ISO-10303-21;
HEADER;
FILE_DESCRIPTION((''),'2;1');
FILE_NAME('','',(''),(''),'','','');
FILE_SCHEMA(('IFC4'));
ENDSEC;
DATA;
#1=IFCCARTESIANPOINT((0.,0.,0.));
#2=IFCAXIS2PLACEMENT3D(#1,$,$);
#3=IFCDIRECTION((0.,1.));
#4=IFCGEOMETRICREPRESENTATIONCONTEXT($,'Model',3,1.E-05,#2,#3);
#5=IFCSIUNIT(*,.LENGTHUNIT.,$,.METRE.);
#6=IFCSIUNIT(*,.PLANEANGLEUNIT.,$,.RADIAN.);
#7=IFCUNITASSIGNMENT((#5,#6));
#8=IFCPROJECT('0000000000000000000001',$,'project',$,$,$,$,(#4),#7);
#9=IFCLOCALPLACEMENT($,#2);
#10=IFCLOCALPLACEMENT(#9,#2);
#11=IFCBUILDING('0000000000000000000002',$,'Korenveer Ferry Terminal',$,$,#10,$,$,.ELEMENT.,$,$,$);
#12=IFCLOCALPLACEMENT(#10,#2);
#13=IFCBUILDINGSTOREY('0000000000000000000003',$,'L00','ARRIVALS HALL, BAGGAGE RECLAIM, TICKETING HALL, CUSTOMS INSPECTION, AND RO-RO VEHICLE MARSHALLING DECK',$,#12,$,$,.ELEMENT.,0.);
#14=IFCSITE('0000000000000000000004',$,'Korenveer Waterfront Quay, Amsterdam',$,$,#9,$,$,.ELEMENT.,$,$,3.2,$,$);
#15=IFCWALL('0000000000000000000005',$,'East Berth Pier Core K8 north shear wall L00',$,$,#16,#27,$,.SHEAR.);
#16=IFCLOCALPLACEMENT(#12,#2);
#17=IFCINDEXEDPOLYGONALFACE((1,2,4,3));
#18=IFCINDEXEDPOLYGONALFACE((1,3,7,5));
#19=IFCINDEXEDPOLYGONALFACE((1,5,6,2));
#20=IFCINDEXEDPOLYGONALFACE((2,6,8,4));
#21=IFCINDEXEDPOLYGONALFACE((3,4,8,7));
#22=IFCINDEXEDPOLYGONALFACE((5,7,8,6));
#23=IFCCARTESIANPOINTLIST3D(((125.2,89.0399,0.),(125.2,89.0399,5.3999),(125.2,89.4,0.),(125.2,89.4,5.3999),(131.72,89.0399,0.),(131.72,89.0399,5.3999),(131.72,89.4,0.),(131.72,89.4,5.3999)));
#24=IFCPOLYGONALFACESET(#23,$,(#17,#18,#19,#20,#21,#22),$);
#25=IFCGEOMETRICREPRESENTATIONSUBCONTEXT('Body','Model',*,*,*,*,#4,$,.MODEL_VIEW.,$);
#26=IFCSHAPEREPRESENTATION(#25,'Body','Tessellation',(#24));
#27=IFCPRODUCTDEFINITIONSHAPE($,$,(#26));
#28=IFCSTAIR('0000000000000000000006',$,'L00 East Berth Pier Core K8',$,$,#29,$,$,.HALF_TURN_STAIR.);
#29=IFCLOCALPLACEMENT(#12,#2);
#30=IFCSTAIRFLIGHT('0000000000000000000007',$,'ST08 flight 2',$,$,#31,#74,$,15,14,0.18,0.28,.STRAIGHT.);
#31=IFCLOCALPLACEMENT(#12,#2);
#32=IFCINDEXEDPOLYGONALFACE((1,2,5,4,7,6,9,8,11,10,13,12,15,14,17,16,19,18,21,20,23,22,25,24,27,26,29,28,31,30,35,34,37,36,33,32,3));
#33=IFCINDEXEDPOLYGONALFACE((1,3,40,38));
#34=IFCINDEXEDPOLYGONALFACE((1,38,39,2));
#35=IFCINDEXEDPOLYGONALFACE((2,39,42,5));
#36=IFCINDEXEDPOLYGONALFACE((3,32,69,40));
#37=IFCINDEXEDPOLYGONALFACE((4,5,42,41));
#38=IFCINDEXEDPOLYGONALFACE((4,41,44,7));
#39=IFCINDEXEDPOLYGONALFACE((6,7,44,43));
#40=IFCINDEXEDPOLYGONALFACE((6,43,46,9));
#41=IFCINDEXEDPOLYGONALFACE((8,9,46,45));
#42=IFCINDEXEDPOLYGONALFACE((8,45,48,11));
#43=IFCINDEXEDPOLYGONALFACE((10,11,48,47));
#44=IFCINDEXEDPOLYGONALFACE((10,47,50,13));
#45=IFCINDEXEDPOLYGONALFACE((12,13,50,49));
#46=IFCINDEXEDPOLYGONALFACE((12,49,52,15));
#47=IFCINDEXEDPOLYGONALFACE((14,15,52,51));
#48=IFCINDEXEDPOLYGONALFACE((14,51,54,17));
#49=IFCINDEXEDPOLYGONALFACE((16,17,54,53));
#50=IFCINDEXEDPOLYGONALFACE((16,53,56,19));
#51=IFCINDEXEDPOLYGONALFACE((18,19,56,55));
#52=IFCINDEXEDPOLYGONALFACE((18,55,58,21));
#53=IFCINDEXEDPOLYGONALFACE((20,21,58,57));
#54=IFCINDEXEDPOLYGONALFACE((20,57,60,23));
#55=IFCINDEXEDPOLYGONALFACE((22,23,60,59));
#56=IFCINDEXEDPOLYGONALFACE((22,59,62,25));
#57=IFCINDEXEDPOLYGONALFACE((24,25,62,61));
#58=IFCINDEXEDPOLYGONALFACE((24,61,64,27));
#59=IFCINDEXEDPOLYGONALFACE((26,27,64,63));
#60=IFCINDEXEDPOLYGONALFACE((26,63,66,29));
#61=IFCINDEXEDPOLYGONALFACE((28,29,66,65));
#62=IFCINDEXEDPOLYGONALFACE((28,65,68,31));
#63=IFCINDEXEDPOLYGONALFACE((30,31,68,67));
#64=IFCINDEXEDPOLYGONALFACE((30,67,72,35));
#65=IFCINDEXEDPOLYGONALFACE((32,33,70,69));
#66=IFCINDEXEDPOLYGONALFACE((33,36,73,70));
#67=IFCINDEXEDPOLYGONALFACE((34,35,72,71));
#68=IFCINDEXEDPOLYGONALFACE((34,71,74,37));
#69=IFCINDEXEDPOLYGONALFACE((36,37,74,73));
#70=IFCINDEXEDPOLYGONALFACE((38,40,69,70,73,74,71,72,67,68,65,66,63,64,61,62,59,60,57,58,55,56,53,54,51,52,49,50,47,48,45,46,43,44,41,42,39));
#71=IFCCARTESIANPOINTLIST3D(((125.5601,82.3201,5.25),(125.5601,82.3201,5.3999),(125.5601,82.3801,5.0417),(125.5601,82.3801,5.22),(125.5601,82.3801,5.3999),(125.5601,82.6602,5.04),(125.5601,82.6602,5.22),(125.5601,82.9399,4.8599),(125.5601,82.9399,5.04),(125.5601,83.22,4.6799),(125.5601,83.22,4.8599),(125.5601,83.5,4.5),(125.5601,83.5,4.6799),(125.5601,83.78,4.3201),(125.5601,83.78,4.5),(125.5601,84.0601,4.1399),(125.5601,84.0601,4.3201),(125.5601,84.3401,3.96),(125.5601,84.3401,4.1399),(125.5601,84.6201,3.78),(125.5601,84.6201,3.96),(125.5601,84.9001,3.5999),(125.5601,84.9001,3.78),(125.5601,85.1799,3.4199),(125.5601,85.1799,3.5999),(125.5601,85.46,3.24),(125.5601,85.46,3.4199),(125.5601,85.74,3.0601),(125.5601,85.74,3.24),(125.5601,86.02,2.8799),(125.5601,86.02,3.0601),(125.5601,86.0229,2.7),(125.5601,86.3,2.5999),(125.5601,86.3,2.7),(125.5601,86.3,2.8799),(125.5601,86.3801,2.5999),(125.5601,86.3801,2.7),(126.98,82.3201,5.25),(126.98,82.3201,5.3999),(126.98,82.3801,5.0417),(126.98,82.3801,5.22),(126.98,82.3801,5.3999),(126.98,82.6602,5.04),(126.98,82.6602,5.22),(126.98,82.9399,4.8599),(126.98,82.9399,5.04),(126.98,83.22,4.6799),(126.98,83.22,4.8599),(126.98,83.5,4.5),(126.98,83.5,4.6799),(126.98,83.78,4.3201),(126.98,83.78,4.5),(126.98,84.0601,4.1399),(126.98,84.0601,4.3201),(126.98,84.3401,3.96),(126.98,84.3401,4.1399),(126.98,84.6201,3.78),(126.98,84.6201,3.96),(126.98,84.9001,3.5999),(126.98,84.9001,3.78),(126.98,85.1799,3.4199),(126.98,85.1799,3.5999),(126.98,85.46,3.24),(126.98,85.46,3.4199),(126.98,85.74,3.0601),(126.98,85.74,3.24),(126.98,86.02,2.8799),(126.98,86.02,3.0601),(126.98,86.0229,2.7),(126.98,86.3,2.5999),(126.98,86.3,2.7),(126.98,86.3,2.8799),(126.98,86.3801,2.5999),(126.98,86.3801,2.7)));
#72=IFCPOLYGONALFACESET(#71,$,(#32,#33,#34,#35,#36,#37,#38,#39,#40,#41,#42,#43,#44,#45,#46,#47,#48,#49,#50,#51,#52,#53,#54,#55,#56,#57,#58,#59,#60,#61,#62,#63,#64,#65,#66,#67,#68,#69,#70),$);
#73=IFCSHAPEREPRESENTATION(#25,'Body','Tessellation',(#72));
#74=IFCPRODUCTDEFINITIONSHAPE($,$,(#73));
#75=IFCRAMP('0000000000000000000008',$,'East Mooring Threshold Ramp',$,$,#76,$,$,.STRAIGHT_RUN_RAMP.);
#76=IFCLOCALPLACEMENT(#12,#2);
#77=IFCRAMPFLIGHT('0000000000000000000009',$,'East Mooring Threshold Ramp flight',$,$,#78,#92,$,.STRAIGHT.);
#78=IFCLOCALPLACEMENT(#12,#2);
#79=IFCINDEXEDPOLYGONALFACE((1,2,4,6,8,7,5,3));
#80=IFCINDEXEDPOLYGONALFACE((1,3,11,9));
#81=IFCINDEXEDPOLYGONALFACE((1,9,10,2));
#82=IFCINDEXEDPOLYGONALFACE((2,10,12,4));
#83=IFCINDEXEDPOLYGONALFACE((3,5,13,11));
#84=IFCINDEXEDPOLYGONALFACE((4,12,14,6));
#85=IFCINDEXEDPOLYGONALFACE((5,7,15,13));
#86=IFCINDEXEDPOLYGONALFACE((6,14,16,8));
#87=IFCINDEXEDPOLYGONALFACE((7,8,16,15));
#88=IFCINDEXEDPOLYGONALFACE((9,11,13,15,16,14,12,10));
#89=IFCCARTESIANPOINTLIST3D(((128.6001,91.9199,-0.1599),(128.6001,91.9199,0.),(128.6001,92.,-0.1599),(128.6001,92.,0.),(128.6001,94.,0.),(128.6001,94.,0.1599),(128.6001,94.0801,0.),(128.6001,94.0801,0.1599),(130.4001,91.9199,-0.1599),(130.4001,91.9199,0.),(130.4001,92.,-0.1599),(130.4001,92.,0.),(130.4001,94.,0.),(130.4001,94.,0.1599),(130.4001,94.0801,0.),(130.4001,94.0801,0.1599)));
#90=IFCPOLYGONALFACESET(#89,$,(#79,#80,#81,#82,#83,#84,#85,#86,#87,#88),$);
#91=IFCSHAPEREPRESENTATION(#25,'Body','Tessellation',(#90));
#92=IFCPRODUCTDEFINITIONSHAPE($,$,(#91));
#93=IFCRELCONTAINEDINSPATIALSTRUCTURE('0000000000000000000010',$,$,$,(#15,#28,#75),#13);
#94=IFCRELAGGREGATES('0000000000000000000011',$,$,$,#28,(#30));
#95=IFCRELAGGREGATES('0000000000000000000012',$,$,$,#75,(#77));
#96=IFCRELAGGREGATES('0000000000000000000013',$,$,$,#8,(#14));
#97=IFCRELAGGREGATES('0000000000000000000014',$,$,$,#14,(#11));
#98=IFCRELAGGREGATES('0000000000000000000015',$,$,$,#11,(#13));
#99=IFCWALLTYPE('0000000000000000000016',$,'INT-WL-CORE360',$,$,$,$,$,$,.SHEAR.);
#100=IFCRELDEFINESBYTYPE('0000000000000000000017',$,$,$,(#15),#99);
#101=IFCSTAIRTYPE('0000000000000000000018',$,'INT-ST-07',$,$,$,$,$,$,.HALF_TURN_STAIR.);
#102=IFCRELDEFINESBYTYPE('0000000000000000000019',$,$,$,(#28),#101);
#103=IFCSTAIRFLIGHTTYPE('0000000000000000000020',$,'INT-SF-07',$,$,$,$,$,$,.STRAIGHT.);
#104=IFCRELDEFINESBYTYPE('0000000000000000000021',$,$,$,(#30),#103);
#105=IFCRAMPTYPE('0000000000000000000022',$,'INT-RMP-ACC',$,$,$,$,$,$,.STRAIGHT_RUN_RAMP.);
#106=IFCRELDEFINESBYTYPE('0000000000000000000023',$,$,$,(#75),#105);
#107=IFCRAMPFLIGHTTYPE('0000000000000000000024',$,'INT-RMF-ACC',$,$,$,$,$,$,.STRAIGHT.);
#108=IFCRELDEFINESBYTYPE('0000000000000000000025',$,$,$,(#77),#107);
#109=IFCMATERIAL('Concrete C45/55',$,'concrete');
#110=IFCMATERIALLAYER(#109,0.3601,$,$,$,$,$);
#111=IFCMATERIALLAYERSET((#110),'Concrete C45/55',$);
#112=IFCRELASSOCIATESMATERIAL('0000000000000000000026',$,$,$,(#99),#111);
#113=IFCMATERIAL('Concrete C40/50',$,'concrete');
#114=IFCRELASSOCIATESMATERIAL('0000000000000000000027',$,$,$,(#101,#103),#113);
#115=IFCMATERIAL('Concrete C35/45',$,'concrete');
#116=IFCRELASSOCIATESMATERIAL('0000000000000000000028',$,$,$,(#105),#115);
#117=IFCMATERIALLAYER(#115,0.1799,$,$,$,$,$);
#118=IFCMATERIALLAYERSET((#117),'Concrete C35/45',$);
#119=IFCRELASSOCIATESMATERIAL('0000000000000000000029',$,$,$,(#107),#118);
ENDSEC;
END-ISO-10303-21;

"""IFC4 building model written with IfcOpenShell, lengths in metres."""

from ifc_helpers import new_model, si_unit, direction, frame, frame_2d, origin, place, context, subcontext, project, spatial, polyline, rectangle, outline, extrude, material, layer, layer_set, type_object, element, aggregate, save


model = new_model("IFC4")

# Units and contexts
model_context = context("Model", 3, precision=1e-05, world=origin(), true_north=direction((0.0, 1.0)))
body_context = subcontext(model_context, "Body", "Model", "MODEL_VIEW")
ifc_project = project(units=[si_unit("LENGTHUNIT", "METRE"), si_unit("PLANEANGLEUNIT", "RADIAN")], contexts=[model_context])

# Site, building, storey
site_placement = place(None, origin())
site = spatial("IfcSite", under=ifc_project, at=site_placement, Name="Korenveer Waterfront Quay, Amsterdam", CompositionType="ELEMENT", RefElevation=3.2)
building_placement = place(site_placement, origin())
building = spatial("IfcBuilding", under=site, at=building_placement, Name="Korenveer Ferry Terminal", CompositionType="ELEMENT")
storey_placement = place(building_placement, origin())
storey = spatial("IfcBuildingStorey", under=building, at=storey_placement, Name="L00", Description="ARRIVALS HALL, BAGGAGE RECLAIM, TICKETING HALL, CUSTOMS INSPECTION, AND RO-RO VEHICLE MARSHALLING DECK", CompositionType="ELEMENT", Elevation=0.0)

# Shared definitions
ifc_material_1 = material(Name="Concrete C40/50", Category="concrete")

# Wall
ifc_material_2 = material(Name="Concrete C45/55", Category="concrete")
ifc_layer_1 = layer(ifc_material_2, 0.3601)
ifc_layer_set_1 = layer_set([ifc_layer_1], Name="Concrete C45/55")
wall_type = type_object("IfcWallType", Name="INT-WL-CORE360", PredefinedType="SHEAR", material=ifc_layer_set_1)
wall_placement = place(storey_placement, frame((125.2, 89.22, 0.0), z_axis=(0.0, 0.0, 1.0), x_axis=(1.0, 0.0, 0.0)))
element("IfcWall", 1, at=wall_placement, inside=storey, type_object=wall_type, Name="East Berth Pier Core K8 north shear wall L00", PredefinedType="SHEAR", context=body_context, shape_type="SweptSolid", body=[
    extrude(rectangle(XDim=6.52, YDim=0.3601, at=frame_2d((3.26, 0.0))), origin(), (0.0, 0.0, 1.0), 5.3999),
])

# Stair, stair flight
stair_type = type_object("IfcStairType", Name="INT-ST-07", PredefinedType="HALF_TURN_STAIR", material=ifc_material_1)
stair_placement = place(storey_placement, frame((127.8899, 82.3799, 0.0)))
stair = element("IfcStair", 2, at=stair_placement, inside=storey, type_object=stair_type, Name="L00 East Berth Pier Core K8", PredefinedType="HALF_TURN_STAIR")
stair_flight_type = type_object("IfcStairFlightType", Name="INT-SF-07", PredefinedType="STRAIGHT", material=ifc_material_1)
stair_flight_placement = place(storey_placement, frame((126.27, 86.3, 2.7), z_axis=(0.0, 0.0, 1.0), x_axis=(0.0, -1.0, 0.0)))
stair_flight = element("IfcStairFlight", 3, at=stair_flight_placement, type_object=stair_flight_type, Name="ST08 flight 2", NumberOfRisers=15, NumberOfTreads=14, PredefinedType="STRAIGHT", RiserHeight=0.18, TreadLength=0.28, context=body_context, shape_type="SweptSolid", body=[
    extrude(outline(polyline([(-0.0801, 0.0), (0.0, 0.0), (0.0, 0.1799), (0.28, 0.1799), (0.28, 0.3601), (0.5601, 0.3601), (0.5601, 0.54), (0.8401, 0.54), (0.8401, 0.72), (1.1201, 0.72), (1.1201, 0.8999), (1.3999, 0.8999), (1.3999, 1.0801), (1.6799, 1.0801), (1.6799, 1.26), (1.96, 1.26), (1.96, 1.4399), (2.24, 1.4399), (2.24, 1.6201), (2.52, 1.6201), (2.52, 1.8), (2.8, 1.8), (2.8, 1.98), (3.0801, 1.98), (3.0801, 2.1599), (3.3601, 2.1599), (3.3601, 2.3401), (3.6399, 2.3401), (3.6399, 2.52), (3.9199, 2.52), (3.9199, 2.7), (3.98, 2.7), (3.98, 2.55), (3.9199, 2.3418), (0.2771, 0.0), (0.0, -0.1001), (-0.0801, -0.1001), (-0.0801, 0.0)])), frame((0.0, 0.71, 0.0), z_axis=(0.0, -1.0, 0.0), x_axis=(1.0, 0.0, 0.0)), (0.0, 0.0, 1.0), 1.4199),
])
aggregate(stair, [stair_flight])

# Ramp, ramp flight
ifc_material_3 = material(Name="Concrete C35/45", Category="concrete")
ramp_type = type_object("IfcRampType", Name="INT-RMP-ACC", PredefinedType="STRAIGHT_RUN_RAMP", material=ifc_material_3)
ramp_placement = place(storey_placement, frame((129.5, 92.0, 0.0)))
ramp = element("IfcRamp", 4, at=ramp_placement, inside=storey, type_object=ramp_type, Name="East Mooring Threshold Ramp", PredefinedType="STRAIGHT_RUN_RAMP")
ifc_layer_2 = layer(ifc_material_3, 0.1799)
ifc_layer_set_2 = layer_set([ifc_layer_2], Name="Concrete C35/45")
ramp_flight_type = type_object("IfcRampFlightType", Name="INT-RMF-ACC", PredefinedType="STRAIGHT", material=ifc_layer_set_2)
ramp_flight_placement = place(storey_placement, frame((129.5, 92.0, 0.0), z_axis=(0.0, 0.0, 1.0), x_axis=(0.0, 1.0, 0.0)))
ramp_flight = element("IfcRampFlight", 5, at=ramp_flight_placement, type_object=ramp_flight_type, Name="East Mooring Threshold Ramp flight", PredefinedType="STRAIGHT", context=body_context, shape_type="SweptSolid", body=[
    extrude(outline(polyline([(-0.0801, 0.0), (0.0, 0.0), (2.0, 0.1599), (2.0801, 0.1599), (2.0801, 0.0), (2.0, 0.0), (0.0, -0.1599), (-0.0801, -0.1599), (-0.0801, 0.0)])), frame((0.0, 0.8999, 0.0), z_axis=(0.0, -1.0, 0.0), x_axis=(1.0, 0.0, 0.0)), (0.0, 0.0, 1.0), 1.8),
])
aggregate(ramp, [ramp_flight])

save(model, "model.ifc")
